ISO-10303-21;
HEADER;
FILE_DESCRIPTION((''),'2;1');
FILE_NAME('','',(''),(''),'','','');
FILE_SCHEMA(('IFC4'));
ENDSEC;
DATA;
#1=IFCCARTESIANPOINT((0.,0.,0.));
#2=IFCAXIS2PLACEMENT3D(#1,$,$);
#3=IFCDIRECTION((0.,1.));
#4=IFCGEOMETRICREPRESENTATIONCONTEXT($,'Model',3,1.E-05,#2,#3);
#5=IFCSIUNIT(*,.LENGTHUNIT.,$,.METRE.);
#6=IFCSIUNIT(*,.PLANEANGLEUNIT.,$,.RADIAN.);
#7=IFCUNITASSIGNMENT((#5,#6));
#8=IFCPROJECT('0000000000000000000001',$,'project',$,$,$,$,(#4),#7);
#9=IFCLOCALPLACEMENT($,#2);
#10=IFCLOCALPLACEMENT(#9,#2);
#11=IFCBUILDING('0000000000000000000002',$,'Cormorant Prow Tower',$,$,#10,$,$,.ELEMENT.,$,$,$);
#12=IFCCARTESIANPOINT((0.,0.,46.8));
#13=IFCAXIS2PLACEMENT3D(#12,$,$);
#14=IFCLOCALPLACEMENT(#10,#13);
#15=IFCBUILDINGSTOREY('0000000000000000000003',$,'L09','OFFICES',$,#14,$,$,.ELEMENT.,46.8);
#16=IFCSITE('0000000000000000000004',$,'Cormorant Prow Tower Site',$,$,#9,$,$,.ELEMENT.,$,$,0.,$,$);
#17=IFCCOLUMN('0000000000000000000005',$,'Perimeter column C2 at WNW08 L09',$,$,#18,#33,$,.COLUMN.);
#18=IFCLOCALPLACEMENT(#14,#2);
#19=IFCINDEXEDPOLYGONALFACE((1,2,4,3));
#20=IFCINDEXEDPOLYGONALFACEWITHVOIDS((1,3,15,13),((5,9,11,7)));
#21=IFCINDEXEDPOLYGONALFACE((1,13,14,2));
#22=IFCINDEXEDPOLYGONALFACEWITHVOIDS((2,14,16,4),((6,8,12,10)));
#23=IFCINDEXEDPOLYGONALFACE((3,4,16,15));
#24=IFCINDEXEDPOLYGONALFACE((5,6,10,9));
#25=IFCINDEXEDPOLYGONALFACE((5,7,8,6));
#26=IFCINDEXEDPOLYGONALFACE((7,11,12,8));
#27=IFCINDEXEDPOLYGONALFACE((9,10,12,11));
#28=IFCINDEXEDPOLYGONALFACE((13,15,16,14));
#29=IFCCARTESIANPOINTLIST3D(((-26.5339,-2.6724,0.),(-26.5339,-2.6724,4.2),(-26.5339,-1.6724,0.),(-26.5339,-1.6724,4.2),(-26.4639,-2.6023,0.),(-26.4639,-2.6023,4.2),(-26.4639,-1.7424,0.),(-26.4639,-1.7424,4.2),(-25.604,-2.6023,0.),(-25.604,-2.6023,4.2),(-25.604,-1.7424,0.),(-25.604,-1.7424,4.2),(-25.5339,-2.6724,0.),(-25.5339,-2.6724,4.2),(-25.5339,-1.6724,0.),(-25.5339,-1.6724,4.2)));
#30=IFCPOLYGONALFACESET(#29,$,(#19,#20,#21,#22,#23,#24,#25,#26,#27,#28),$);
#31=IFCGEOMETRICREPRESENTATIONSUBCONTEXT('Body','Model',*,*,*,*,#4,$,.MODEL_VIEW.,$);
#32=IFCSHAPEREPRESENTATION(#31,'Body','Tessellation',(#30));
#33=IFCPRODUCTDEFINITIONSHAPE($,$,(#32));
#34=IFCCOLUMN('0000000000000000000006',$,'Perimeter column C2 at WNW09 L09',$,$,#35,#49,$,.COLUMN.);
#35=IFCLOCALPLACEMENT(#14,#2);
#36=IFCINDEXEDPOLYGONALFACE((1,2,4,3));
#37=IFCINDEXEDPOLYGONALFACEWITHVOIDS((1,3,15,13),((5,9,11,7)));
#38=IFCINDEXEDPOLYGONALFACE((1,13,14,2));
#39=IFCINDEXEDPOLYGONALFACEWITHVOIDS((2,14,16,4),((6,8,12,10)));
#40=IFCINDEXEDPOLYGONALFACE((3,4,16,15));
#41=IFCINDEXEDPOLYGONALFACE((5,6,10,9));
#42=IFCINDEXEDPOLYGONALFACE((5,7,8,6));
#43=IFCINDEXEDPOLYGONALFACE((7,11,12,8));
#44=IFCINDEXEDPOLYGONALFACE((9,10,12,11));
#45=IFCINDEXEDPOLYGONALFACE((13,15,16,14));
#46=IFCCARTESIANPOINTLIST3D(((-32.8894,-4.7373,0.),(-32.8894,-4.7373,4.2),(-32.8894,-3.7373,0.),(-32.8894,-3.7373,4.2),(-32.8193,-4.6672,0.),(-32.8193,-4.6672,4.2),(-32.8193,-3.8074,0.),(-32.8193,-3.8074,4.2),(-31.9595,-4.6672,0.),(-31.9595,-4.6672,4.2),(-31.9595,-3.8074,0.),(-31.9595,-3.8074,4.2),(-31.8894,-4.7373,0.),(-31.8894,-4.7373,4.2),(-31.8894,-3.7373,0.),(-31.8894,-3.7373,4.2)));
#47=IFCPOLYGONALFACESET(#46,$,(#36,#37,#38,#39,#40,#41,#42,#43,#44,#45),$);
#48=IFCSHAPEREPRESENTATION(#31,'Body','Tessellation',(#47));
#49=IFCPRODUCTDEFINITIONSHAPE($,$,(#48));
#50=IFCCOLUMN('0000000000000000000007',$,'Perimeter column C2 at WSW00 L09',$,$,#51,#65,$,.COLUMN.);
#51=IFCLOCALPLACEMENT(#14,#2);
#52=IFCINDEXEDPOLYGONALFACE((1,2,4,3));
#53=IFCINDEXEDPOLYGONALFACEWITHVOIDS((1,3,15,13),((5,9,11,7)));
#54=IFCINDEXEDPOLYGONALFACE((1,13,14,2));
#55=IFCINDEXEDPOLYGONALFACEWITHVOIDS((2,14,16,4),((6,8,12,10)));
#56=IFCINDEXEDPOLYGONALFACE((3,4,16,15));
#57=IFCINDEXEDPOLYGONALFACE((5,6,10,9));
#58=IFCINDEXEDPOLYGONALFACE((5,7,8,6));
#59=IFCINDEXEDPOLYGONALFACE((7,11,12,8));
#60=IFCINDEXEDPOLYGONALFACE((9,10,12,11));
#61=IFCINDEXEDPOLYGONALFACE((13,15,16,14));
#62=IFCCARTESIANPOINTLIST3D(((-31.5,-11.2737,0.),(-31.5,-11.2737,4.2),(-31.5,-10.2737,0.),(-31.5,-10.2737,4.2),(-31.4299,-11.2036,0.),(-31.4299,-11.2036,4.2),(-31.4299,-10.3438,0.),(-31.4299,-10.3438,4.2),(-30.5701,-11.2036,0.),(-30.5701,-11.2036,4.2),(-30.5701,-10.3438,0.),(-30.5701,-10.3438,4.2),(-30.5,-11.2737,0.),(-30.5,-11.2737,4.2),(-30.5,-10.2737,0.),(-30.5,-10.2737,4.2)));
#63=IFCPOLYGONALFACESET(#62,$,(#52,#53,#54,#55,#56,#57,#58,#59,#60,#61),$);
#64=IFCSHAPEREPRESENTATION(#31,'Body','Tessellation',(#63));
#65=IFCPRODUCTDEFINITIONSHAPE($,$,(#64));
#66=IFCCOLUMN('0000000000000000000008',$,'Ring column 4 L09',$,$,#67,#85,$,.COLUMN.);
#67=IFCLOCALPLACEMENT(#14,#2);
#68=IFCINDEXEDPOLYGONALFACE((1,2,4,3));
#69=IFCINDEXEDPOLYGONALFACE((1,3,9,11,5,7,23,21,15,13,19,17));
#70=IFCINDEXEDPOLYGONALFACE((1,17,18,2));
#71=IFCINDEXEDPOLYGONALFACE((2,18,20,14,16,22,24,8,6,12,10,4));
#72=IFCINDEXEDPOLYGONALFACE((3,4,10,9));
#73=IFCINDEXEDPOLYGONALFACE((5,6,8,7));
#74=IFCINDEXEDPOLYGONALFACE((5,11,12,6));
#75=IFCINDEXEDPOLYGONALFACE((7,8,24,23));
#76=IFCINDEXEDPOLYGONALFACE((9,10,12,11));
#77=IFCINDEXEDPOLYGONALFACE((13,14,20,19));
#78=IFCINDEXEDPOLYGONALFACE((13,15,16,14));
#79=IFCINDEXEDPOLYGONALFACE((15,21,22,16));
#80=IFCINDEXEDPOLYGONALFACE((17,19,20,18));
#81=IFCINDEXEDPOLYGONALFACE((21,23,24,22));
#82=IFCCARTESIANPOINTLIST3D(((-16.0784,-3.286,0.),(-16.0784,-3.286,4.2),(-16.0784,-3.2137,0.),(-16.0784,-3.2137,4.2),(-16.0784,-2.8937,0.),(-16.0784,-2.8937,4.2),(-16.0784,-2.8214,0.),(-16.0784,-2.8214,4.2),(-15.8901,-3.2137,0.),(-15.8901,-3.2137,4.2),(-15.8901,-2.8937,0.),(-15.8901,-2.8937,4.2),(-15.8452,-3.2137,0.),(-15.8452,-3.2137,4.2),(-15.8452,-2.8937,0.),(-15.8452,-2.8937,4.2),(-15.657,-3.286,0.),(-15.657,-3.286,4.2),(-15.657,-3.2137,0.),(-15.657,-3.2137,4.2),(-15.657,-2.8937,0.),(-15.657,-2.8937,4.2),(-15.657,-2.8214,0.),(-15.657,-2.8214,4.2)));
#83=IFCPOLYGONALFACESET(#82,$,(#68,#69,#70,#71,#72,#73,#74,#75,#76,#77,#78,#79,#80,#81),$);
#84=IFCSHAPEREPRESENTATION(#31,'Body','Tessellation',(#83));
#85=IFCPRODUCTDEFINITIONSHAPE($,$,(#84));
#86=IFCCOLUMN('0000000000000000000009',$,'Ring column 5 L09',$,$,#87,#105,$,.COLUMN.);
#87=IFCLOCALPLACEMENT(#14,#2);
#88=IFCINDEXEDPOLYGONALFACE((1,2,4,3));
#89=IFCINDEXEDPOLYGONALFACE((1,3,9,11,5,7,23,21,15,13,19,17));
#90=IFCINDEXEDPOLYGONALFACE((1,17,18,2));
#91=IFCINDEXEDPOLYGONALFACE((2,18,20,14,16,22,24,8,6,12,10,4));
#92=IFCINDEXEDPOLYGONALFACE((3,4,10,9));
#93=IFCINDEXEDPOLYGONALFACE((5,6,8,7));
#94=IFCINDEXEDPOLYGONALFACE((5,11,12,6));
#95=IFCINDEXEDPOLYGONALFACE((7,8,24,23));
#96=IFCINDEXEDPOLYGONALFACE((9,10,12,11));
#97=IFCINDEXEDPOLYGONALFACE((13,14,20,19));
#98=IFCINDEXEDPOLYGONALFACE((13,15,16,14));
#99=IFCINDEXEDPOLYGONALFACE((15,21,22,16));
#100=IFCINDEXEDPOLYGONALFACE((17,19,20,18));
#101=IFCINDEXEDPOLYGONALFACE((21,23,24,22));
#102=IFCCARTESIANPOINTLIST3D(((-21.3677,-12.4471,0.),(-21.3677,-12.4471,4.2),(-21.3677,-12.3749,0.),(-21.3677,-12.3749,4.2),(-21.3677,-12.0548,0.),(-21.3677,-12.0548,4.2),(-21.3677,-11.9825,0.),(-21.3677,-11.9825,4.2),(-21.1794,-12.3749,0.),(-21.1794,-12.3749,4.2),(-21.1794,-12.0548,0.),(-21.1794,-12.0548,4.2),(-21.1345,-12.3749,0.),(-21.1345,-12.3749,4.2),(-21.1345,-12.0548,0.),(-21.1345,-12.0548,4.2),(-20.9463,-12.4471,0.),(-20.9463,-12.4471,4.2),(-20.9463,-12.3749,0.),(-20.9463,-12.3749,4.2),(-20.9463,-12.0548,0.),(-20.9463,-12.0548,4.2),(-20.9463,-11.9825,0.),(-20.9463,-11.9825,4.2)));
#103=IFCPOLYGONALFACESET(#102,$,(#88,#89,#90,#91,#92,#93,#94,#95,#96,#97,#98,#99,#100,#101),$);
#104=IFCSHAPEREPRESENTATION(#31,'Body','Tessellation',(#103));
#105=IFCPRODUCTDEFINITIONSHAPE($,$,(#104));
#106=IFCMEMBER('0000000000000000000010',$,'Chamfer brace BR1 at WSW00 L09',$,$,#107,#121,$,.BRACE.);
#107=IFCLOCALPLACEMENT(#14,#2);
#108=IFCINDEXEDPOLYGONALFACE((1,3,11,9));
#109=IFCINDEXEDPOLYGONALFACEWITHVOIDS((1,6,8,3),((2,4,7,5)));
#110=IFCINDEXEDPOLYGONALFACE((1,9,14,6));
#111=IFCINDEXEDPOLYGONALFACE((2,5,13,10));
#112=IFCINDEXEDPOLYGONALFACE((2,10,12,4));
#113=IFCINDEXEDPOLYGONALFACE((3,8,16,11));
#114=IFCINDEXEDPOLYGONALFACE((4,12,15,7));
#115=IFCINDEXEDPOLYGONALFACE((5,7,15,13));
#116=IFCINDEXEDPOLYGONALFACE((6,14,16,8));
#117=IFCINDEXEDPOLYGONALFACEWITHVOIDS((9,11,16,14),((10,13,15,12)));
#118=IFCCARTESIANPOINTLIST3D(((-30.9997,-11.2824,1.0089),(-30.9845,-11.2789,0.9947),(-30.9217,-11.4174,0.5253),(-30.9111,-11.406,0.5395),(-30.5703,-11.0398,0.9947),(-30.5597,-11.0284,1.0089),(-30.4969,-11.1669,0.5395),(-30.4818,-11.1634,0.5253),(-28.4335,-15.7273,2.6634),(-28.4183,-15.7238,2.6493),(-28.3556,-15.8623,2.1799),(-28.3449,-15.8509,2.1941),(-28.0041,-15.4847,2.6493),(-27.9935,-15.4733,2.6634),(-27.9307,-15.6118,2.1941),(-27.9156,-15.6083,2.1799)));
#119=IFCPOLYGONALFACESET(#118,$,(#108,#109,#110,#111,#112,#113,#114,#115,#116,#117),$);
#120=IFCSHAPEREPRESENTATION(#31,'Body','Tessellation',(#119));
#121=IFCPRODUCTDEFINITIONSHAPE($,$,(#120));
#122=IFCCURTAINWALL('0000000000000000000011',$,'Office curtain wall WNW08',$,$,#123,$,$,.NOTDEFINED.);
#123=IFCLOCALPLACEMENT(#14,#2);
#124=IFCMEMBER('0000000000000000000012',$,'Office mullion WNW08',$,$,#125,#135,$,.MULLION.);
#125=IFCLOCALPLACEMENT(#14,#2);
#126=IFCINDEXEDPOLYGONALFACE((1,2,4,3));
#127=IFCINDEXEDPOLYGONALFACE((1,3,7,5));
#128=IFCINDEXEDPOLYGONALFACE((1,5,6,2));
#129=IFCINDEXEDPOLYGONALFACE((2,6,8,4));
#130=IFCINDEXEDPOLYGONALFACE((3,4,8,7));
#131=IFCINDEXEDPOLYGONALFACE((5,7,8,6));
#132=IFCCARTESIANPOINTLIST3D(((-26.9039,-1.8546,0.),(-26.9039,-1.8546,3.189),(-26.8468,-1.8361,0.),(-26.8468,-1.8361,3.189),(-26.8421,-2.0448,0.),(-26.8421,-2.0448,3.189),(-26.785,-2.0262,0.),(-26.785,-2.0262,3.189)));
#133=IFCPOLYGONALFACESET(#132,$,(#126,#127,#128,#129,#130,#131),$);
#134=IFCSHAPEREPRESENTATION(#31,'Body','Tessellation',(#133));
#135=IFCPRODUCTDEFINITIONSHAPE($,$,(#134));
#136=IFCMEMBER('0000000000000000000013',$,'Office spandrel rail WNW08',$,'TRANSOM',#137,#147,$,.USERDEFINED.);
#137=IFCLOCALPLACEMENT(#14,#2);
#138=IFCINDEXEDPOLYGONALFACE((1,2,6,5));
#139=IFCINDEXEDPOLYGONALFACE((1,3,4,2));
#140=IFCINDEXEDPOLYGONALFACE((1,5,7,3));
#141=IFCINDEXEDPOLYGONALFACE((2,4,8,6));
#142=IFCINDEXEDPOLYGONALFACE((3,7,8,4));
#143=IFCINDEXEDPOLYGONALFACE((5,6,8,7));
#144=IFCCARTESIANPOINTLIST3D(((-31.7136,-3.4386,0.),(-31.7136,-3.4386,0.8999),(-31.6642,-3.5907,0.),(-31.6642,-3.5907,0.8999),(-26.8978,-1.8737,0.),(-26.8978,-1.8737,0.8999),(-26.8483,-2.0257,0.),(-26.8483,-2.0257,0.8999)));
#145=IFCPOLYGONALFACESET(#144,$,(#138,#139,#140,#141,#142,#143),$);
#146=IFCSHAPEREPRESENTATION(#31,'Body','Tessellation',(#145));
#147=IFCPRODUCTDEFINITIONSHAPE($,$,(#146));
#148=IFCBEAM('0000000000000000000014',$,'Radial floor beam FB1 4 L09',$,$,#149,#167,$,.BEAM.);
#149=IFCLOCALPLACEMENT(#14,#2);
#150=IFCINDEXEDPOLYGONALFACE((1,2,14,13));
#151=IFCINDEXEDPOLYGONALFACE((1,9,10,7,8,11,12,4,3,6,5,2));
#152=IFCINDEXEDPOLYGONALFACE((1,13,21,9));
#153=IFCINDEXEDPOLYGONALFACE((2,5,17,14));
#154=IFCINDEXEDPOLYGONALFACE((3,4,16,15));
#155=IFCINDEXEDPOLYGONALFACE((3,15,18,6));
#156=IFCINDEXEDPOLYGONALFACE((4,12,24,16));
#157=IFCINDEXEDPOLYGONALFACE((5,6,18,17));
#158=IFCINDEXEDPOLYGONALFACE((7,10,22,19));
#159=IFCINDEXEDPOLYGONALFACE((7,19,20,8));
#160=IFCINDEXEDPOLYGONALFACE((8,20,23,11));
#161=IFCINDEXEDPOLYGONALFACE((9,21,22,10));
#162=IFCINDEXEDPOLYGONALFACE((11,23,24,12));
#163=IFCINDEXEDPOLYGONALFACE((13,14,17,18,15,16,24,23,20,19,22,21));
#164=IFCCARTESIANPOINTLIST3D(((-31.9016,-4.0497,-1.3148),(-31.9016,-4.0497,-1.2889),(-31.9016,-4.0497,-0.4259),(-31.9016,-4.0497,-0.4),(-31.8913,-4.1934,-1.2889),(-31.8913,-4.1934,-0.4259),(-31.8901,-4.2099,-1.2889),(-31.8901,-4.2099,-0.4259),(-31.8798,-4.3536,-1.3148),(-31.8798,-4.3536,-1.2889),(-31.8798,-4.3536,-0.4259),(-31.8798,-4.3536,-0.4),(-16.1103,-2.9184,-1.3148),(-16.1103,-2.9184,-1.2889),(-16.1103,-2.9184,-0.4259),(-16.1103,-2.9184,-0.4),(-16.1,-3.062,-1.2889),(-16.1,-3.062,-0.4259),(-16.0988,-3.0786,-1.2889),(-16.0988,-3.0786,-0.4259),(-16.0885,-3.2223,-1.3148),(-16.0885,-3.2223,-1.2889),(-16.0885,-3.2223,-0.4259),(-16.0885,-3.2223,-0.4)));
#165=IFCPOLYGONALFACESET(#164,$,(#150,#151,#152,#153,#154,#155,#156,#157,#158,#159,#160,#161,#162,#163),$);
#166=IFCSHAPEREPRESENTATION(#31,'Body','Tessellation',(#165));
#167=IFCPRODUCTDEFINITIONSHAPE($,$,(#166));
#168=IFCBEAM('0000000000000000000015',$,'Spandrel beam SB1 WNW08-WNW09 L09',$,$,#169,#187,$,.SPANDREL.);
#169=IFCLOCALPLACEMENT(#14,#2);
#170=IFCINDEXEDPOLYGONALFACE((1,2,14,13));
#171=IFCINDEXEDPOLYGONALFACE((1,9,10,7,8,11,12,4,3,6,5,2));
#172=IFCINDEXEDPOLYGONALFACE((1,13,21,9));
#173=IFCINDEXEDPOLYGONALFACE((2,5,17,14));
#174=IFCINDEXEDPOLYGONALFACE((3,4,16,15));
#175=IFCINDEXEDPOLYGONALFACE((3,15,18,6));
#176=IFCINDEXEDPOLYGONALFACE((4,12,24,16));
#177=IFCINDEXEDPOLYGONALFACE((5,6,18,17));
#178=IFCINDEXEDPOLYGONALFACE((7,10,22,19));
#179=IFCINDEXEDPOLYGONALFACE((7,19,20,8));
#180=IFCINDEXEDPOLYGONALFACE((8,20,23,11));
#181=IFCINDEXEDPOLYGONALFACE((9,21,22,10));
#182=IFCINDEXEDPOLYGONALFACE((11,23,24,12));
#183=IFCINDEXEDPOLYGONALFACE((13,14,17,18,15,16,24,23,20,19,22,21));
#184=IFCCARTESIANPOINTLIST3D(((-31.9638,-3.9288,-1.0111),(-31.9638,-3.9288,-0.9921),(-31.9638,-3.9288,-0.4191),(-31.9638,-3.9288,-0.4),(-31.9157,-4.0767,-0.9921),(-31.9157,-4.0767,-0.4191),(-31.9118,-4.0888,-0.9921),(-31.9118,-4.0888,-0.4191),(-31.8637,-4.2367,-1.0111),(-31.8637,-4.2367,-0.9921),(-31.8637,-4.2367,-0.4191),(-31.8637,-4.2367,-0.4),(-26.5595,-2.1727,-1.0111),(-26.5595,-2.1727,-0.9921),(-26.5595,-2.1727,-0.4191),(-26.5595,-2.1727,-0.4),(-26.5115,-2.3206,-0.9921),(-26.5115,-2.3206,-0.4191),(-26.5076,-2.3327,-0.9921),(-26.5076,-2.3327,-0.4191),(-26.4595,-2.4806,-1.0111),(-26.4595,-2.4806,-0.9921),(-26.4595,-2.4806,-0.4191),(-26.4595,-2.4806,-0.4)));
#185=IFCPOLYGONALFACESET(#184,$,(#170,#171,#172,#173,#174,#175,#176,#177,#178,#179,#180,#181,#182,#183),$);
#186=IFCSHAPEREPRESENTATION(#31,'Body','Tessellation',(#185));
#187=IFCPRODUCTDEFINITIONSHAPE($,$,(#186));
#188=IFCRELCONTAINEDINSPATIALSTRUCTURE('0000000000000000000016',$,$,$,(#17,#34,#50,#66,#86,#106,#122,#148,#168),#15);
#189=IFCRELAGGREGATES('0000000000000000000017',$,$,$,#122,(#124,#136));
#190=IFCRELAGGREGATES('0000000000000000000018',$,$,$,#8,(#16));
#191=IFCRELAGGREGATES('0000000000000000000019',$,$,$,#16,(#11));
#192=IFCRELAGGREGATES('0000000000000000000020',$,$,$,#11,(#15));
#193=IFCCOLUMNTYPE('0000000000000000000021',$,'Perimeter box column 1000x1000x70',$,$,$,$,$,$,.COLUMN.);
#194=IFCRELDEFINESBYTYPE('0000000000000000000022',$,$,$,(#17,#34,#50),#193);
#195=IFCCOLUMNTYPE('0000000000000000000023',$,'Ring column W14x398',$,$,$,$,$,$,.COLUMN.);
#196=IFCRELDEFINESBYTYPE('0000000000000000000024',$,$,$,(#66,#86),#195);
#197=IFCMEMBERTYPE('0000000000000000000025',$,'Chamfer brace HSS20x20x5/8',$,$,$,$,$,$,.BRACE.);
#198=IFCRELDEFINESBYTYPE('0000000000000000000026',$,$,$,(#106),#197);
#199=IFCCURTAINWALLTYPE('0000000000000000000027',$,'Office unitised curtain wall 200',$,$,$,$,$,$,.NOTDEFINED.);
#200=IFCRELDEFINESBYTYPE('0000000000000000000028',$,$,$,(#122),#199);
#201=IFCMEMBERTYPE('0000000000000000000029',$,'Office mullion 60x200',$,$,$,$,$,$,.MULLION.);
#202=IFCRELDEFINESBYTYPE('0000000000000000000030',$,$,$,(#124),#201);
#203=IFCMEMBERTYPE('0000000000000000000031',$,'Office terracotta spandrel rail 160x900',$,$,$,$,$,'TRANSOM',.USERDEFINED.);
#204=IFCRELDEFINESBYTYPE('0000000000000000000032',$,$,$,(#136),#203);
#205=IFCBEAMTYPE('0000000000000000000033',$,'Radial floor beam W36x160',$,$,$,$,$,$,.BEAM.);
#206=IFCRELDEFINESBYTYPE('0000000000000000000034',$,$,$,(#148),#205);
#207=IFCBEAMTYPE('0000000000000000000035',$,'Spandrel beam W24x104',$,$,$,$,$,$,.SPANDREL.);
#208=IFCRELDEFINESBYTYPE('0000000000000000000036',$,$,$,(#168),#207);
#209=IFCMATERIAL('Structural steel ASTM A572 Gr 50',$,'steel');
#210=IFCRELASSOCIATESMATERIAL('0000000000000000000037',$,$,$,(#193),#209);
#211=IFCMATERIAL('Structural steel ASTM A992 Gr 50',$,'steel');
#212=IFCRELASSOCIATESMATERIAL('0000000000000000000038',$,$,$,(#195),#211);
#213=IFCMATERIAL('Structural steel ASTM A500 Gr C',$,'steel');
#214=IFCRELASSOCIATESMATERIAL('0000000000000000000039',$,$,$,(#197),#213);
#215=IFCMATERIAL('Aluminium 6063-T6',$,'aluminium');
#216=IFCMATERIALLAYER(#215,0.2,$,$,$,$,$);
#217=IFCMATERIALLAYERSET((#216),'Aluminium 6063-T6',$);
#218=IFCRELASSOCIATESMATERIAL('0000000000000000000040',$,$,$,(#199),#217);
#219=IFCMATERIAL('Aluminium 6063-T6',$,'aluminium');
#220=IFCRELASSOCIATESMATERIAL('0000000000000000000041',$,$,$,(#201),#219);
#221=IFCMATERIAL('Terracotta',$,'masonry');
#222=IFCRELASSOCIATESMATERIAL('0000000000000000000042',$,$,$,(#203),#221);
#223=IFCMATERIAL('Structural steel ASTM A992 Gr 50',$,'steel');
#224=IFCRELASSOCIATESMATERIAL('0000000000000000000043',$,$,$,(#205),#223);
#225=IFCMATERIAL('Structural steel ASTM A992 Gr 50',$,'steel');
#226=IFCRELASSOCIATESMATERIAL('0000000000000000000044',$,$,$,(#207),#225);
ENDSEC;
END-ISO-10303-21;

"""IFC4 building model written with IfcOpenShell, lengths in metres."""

from ifc_helpers import new_model, si_unit, direction, frame, origin, origin_2d, place, context, subcontext, project, spatial, rectangle, hollow_rectangle, i_section, extrude, material, layer, layer_set, material_profile, profile_set, type_object, element, aggregate, save


model = new_model("IFC4")

# Units and contexts
model_context = context("Model", 3, precision=1e-05, world=origin(), true_north=direction((0.0, 1.0)))
body_context = subcontext(model_context, "Body", "Model", "MODEL_VIEW")
ifc_project = project(units=[si_unit("LENGTHUNIT", "METRE"), si_unit("PLANEANGLEUNIT", "RADIAN")], contexts=[model_context])

# Site, building, storey
site_placement = place(None, origin())
site = spatial("IfcSite", under=ifc_project, at=site_placement, Name="Cormorant Prow Tower Site", CompositionType="ELEMENT", RefElevation=0.0)
building_placement = place(site_placement, origin())
building = spatial("IfcBuilding", under=site, at=building_placement, Name="Cormorant Prow Tower", CompositionType="ELEMENT")
storey_placement = place(building_placement, frame((0.0, 0.0, 46.8)))
storey = spatial("IfcBuildingStorey", under=building, at=storey_placement, Name="L09", Description="OFFICES", CompositionType="ELEMENT", Elevation=46.8)

# Columns
ifc_material_1 = material(Name="Structural steel ASTM A572 Gr 50", Category="steel")
ifc_material_profile_1 = material_profile(ifc_material_1, hollow_rectangle(XDim=1.0, YDim=1.0, WallThickness=0.0701, at=origin_2d()), Name="Box 1000x1000x70")
ifc_profile_set_1 = profile_set([ifc_material_profile_1], Name="Structural steel ASTM A572 Gr 50")
column_type_1 = type_object("IfcColumnType", Name="Perimeter box column 1000x1000x70", PredefinedType="COLUMN", material=ifc_profile_set_1)
for number, where, z_axis, x_axis, name in (
    (1, (-26.0339, -2.1724, 0.0), (0.0, 0.0, 1.0), (1.0, 0.0, 0.0), "Perimeter column C2 at WNW08 L09"),
    (2, (-32.3894, -4.2373, 0.0), (0.0, 0.0, 1.0), (1.0, 0.0, 0.0), "Perimeter column C2 at WNW09 L09"),
    (3, (-31.0, -10.7737, 0.0), (0.0, 0.0, 1.0), (1.0, 0.0, 0.0), "Perimeter column C2 at WSW00 L09"),
):
    element("IfcColumn", number, at=place(storey_placement, frame(where, z_axis=z_axis, x_axis=x_axis)), inside=storey, type_object=column_type_1, Name=name, PredefinedType="COLUMN", context=body_context, shape_type="SweptSolid", body=[
        extrude(hollow_rectangle(XDim=1.0, YDim=1.0, WallThickness=0.0701, at=origin_2d()), origin(), (0.0, 0.0, 1.0), 4.2),
    ])
ifc_material_2 = material(Name="Structural steel ASTM A992 Gr 50", Category="steel")
ifc_material_profile_2 = material_profile(ifc_material_2, i_section(OverallWidth=0.4214, OverallDepth=0.4646, WebThickness=0.0449, FlangeThickness=0.0723, at=origin_2d()), Name="W14x398")
ifc_profile_set_2 = profile_set([ifc_material_profile_2], Name="Structural steel ASTM A992 Gr 50")
column_type_2 = type_object("IfcColumnType", Name="Ring column W14x398", PredefinedType="COLUMN", material=ifc_profile_set_2)
for number, where, z_axis, x_axis, name in (
    (4, (-15.8677, -3.0537, 0.0), (0.0, 0.0, 1.0), (1.0, 0.0, 0.0), "Ring column 4 L09"),
    (5, (-21.157, -12.2148, 0.0), (0.0, 0.0, 1.0), (1.0, 0.0, 0.0), "Ring column 5 L09"),
):
    element("IfcColumn", number, at=place(storey_placement, frame(where, z_axis=z_axis, x_axis=x_axis)), inside=storey, type_object=column_type_2, Name=name, PredefinedType="COLUMN", context=body_context, shape_type="SweptSolid", body=[
        extrude(i_section(OverallWidth=0.4214, OverallDepth=0.4646, WebThickness=0.0449, FlangeThickness=0.0723, at=origin_2d()), origin(), (0.0, 0.0, 1.0), 4.2),
    ])

# Member
ifc_material_3 = material(Name="Structural steel ASTM A500 Gr C", Category="steel")
ifc_material_profile_3 = material_profile(ifc_material_3, hollow_rectangle(XDim=0.5081, YDim=0.5081, WallThickness=0.0149, at=origin_2d()), Name="HSS20x20x5/8")
ifc_profile_set_3 = profile_set([ifc_material_profile_3], Name="Structural steel ASTM A500 Gr C")
member_type_1 = type_object("IfcMemberType", Name="Chamfer brace HSS20x20x5/8", PredefinedType="BRACE", material=ifc_profile_set_3)
member_1_placement = place(storey_placement, frame((-30.7407, -11.2229, 0.7671), z_axis=(0.475875, -0.824259, 0.306822), x_axis=(0.86603, 0.499991, 0.0)))
element("IfcMember", 6, at=member_1_placement, inside=storey, type_object=member_type_1, Name="Chamfer brace BR1 at WSW00 L09", PredefinedType="BRACE", context=body_context, shape_type="SweptSolid", body=[
    extrude(hollow_rectangle(XDim=0.5081, YDim=0.5081, WallThickness=0.0149, at=origin_2d()), origin(), (0.0, 0.0, 1.0), 5.3926),
])

# Curtain wall, members
ifc_material_4 = material(Name="Aluminium 6063-T6", Category="aluminium")
ifc_layer_1 = layer(ifc_material_4, 0.2)
ifc_layer_set_1 = layer_set([ifc_layer_1], Name="Aluminium 6063-T6")
curtain_wall_type = type_object("IfcCurtainWallType", Name="Office unitised curtain wall 200", PredefinedType="NOTDEFINED", material=ifc_layer_set_1)
curtain_wall_placement = place(storey_placement, origin())
curtain_wall = element("IfcCurtainWall", 7, at=curtain_wall_placement, inside=storey, type_object=curtain_wall_type, Name="Office curtain wall WNW08", PredefinedType="NOTDEFINED")
ifc_material_5 = material(Name="Aluminium 6063-T6", Category="aluminium")
ifc_material_profile_4 = material_profile(ifc_material_5, rectangle(XDim=0.2, YDim=0.0601, at=origin_2d()), Name="Office mullion 60x200")
ifc_profile_set_4 = profile_set([ifc_material_profile_4], Name="Aluminium 6063-T6")
member_type_2 = type_object("IfcMemberType", Name="Office mullion 60x200", PredefinedType="MULLION", material=ifc_profile_set_4)
member_2_placement = place(storey_placement, frame((-26.8445, -1.9404, 0.0), z_axis=(0.0, 0.0, 1.0), x_axis=(0.309017, -0.951057, 0.0)))
member_2 = element("IfcMember", 8, at=member_2_placement, type_object=member_type_2, Name="Office mullion WNW08", PredefinedType="MULLION", context=body_context, shape_type="SweptSolid", body=[
    extrude(rectangle(XDim=0.2, YDim=0.0601, at=origin_2d()), origin(), (0.0, 0.0, 1.0), 3.189),
])
ifc_material_6 = material(Name="Terracotta", Category="masonry")
ifc_material_profile_5 = material_profile(ifc_material_6, rectangle(XDim=0.1599, YDim=0.8999, at=origin_2d()), Name="Office terracotta spandrel rail 160x900")
ifc_profile_set_5 = profile_set([ifc_material_profile_5], Name="Terracotta")
member_type_3 = type_object("IfcMemberType", Name="Office terracotta spandrel rail 160x900", ElementType="TRANSOM", PredefinedType="USERDEFINED", material=ifc_profile_set_5)
member_3_placement = place(storey_placement, frame((-26.873, -1.9497, 0.45), z_axis=(-0.951048, -0.309045, 0.0), x_axis=(0.309045, -0.951048, 0.0)))
member_3 = element("IfcMember", 9, at=member_3_placement, type_object=member_type_3, Name="Office spandrel rail WNW08", ObjectType="TRANSOM", PredefinedType="USERDEFINED", context=body_context, shape_type="SweptSolid", body=[
    extrude(rectangle(XDim=0.1599, YDim=0.8999, at=origin_2d()), origin(), (0.0, 0.0, 1.0), 5.0637),
])

# Beams
ifc_material_7 = material(Name="Structural steel ASTM A992 Gr 50", Category="steel")
ifc_material_profile_6 = material_profile(ifc_material_7, i_section(OverallWidth=0.3047, OverallDepth=0.9148, WebThickness=0.0166, FlangeThickness=0.0259, at=origin_2d()), Name="W36x160")
ifc_profile_set_6 = profile_set([ifc_material_profile_6], Name="Structural steel ASTM A992 Gr 50")
beam_type_1 = type_object("IfcBeamType", Name="Radial floor beam W36x160", PredefinedType="BEAM", material=ifc_profile_set_6)
beam_1_placement = place(storey_placement, frame((-16.0994, -3.0703, -0.8574), z_axis=(-0.997443, -0.071461, 0.0), x_axis=(0.071461, -0.997443, 0.0)))
element("IfcBeam", 10, at=beam_1_placement, inside=storey, type_object=beam_type_1, Name="Radial floor beam FB1 4 L09", PredefinedType="BEAM", context=body_context, shape_type="SweptSolid", body=[
    extrude(i_section(OverallWidth=0.3047, OverallDepth=0.9148, WebThickness=0.0166, FlangeThickness=0.0259, at=origin_2d()), origin(), (0.0, 0.0, 1.0), 15.8318),
])
ifc_material_8 = material(Name="Structural steel ASTM A992 Gr 50", Category="steel")
ifc_material_profile_7 = material_profile(ifc_material_8, i_section(OverallWidth=0.3237, OverallDepth=0.6111, WebThickness=0.0127, FlangeThickness=0.019, at=origin_2d()), Name="W24x104")
ifc_profile_set_7 = profile_set([ifc_material_profile_7], Name="Structural steel ASTM A992 Gr 50")
beam_type_2 = type_object("IfcBeamType", Name="Spandrel beam W24x104", PredefinedType="SPANDREL", material=ifc_profile_set_7)
beam_2_placement = place(storey_placement, frame((-26.5095, -2.3267, -0.7056), z_axis=(-0.951049, -0.309039, 0.0), x_axis=(0.309039, -0.951049, 0.0)))
element("IfcBeam", 11, at=beam_2_placement, inside=storey, type_object=beam_type_2, Name="Spandrel beam SB1 WNW08-WNW09 L09", PredefinedType="SPANDREL", context=body_context, shape_type="SweptSolid", body=[
    extrude(i_section(OverallWidth=0.3237, OverallDepth=0.6111, WebThickness=0.0127, FlangeThickness=0.019, at=origin_2d()), origin(), (0.0, 0.0, 1.0), 5.6824),
])

aggregate(curtain_wall, [member_2, member_3])

save(model, "model.ifc")
